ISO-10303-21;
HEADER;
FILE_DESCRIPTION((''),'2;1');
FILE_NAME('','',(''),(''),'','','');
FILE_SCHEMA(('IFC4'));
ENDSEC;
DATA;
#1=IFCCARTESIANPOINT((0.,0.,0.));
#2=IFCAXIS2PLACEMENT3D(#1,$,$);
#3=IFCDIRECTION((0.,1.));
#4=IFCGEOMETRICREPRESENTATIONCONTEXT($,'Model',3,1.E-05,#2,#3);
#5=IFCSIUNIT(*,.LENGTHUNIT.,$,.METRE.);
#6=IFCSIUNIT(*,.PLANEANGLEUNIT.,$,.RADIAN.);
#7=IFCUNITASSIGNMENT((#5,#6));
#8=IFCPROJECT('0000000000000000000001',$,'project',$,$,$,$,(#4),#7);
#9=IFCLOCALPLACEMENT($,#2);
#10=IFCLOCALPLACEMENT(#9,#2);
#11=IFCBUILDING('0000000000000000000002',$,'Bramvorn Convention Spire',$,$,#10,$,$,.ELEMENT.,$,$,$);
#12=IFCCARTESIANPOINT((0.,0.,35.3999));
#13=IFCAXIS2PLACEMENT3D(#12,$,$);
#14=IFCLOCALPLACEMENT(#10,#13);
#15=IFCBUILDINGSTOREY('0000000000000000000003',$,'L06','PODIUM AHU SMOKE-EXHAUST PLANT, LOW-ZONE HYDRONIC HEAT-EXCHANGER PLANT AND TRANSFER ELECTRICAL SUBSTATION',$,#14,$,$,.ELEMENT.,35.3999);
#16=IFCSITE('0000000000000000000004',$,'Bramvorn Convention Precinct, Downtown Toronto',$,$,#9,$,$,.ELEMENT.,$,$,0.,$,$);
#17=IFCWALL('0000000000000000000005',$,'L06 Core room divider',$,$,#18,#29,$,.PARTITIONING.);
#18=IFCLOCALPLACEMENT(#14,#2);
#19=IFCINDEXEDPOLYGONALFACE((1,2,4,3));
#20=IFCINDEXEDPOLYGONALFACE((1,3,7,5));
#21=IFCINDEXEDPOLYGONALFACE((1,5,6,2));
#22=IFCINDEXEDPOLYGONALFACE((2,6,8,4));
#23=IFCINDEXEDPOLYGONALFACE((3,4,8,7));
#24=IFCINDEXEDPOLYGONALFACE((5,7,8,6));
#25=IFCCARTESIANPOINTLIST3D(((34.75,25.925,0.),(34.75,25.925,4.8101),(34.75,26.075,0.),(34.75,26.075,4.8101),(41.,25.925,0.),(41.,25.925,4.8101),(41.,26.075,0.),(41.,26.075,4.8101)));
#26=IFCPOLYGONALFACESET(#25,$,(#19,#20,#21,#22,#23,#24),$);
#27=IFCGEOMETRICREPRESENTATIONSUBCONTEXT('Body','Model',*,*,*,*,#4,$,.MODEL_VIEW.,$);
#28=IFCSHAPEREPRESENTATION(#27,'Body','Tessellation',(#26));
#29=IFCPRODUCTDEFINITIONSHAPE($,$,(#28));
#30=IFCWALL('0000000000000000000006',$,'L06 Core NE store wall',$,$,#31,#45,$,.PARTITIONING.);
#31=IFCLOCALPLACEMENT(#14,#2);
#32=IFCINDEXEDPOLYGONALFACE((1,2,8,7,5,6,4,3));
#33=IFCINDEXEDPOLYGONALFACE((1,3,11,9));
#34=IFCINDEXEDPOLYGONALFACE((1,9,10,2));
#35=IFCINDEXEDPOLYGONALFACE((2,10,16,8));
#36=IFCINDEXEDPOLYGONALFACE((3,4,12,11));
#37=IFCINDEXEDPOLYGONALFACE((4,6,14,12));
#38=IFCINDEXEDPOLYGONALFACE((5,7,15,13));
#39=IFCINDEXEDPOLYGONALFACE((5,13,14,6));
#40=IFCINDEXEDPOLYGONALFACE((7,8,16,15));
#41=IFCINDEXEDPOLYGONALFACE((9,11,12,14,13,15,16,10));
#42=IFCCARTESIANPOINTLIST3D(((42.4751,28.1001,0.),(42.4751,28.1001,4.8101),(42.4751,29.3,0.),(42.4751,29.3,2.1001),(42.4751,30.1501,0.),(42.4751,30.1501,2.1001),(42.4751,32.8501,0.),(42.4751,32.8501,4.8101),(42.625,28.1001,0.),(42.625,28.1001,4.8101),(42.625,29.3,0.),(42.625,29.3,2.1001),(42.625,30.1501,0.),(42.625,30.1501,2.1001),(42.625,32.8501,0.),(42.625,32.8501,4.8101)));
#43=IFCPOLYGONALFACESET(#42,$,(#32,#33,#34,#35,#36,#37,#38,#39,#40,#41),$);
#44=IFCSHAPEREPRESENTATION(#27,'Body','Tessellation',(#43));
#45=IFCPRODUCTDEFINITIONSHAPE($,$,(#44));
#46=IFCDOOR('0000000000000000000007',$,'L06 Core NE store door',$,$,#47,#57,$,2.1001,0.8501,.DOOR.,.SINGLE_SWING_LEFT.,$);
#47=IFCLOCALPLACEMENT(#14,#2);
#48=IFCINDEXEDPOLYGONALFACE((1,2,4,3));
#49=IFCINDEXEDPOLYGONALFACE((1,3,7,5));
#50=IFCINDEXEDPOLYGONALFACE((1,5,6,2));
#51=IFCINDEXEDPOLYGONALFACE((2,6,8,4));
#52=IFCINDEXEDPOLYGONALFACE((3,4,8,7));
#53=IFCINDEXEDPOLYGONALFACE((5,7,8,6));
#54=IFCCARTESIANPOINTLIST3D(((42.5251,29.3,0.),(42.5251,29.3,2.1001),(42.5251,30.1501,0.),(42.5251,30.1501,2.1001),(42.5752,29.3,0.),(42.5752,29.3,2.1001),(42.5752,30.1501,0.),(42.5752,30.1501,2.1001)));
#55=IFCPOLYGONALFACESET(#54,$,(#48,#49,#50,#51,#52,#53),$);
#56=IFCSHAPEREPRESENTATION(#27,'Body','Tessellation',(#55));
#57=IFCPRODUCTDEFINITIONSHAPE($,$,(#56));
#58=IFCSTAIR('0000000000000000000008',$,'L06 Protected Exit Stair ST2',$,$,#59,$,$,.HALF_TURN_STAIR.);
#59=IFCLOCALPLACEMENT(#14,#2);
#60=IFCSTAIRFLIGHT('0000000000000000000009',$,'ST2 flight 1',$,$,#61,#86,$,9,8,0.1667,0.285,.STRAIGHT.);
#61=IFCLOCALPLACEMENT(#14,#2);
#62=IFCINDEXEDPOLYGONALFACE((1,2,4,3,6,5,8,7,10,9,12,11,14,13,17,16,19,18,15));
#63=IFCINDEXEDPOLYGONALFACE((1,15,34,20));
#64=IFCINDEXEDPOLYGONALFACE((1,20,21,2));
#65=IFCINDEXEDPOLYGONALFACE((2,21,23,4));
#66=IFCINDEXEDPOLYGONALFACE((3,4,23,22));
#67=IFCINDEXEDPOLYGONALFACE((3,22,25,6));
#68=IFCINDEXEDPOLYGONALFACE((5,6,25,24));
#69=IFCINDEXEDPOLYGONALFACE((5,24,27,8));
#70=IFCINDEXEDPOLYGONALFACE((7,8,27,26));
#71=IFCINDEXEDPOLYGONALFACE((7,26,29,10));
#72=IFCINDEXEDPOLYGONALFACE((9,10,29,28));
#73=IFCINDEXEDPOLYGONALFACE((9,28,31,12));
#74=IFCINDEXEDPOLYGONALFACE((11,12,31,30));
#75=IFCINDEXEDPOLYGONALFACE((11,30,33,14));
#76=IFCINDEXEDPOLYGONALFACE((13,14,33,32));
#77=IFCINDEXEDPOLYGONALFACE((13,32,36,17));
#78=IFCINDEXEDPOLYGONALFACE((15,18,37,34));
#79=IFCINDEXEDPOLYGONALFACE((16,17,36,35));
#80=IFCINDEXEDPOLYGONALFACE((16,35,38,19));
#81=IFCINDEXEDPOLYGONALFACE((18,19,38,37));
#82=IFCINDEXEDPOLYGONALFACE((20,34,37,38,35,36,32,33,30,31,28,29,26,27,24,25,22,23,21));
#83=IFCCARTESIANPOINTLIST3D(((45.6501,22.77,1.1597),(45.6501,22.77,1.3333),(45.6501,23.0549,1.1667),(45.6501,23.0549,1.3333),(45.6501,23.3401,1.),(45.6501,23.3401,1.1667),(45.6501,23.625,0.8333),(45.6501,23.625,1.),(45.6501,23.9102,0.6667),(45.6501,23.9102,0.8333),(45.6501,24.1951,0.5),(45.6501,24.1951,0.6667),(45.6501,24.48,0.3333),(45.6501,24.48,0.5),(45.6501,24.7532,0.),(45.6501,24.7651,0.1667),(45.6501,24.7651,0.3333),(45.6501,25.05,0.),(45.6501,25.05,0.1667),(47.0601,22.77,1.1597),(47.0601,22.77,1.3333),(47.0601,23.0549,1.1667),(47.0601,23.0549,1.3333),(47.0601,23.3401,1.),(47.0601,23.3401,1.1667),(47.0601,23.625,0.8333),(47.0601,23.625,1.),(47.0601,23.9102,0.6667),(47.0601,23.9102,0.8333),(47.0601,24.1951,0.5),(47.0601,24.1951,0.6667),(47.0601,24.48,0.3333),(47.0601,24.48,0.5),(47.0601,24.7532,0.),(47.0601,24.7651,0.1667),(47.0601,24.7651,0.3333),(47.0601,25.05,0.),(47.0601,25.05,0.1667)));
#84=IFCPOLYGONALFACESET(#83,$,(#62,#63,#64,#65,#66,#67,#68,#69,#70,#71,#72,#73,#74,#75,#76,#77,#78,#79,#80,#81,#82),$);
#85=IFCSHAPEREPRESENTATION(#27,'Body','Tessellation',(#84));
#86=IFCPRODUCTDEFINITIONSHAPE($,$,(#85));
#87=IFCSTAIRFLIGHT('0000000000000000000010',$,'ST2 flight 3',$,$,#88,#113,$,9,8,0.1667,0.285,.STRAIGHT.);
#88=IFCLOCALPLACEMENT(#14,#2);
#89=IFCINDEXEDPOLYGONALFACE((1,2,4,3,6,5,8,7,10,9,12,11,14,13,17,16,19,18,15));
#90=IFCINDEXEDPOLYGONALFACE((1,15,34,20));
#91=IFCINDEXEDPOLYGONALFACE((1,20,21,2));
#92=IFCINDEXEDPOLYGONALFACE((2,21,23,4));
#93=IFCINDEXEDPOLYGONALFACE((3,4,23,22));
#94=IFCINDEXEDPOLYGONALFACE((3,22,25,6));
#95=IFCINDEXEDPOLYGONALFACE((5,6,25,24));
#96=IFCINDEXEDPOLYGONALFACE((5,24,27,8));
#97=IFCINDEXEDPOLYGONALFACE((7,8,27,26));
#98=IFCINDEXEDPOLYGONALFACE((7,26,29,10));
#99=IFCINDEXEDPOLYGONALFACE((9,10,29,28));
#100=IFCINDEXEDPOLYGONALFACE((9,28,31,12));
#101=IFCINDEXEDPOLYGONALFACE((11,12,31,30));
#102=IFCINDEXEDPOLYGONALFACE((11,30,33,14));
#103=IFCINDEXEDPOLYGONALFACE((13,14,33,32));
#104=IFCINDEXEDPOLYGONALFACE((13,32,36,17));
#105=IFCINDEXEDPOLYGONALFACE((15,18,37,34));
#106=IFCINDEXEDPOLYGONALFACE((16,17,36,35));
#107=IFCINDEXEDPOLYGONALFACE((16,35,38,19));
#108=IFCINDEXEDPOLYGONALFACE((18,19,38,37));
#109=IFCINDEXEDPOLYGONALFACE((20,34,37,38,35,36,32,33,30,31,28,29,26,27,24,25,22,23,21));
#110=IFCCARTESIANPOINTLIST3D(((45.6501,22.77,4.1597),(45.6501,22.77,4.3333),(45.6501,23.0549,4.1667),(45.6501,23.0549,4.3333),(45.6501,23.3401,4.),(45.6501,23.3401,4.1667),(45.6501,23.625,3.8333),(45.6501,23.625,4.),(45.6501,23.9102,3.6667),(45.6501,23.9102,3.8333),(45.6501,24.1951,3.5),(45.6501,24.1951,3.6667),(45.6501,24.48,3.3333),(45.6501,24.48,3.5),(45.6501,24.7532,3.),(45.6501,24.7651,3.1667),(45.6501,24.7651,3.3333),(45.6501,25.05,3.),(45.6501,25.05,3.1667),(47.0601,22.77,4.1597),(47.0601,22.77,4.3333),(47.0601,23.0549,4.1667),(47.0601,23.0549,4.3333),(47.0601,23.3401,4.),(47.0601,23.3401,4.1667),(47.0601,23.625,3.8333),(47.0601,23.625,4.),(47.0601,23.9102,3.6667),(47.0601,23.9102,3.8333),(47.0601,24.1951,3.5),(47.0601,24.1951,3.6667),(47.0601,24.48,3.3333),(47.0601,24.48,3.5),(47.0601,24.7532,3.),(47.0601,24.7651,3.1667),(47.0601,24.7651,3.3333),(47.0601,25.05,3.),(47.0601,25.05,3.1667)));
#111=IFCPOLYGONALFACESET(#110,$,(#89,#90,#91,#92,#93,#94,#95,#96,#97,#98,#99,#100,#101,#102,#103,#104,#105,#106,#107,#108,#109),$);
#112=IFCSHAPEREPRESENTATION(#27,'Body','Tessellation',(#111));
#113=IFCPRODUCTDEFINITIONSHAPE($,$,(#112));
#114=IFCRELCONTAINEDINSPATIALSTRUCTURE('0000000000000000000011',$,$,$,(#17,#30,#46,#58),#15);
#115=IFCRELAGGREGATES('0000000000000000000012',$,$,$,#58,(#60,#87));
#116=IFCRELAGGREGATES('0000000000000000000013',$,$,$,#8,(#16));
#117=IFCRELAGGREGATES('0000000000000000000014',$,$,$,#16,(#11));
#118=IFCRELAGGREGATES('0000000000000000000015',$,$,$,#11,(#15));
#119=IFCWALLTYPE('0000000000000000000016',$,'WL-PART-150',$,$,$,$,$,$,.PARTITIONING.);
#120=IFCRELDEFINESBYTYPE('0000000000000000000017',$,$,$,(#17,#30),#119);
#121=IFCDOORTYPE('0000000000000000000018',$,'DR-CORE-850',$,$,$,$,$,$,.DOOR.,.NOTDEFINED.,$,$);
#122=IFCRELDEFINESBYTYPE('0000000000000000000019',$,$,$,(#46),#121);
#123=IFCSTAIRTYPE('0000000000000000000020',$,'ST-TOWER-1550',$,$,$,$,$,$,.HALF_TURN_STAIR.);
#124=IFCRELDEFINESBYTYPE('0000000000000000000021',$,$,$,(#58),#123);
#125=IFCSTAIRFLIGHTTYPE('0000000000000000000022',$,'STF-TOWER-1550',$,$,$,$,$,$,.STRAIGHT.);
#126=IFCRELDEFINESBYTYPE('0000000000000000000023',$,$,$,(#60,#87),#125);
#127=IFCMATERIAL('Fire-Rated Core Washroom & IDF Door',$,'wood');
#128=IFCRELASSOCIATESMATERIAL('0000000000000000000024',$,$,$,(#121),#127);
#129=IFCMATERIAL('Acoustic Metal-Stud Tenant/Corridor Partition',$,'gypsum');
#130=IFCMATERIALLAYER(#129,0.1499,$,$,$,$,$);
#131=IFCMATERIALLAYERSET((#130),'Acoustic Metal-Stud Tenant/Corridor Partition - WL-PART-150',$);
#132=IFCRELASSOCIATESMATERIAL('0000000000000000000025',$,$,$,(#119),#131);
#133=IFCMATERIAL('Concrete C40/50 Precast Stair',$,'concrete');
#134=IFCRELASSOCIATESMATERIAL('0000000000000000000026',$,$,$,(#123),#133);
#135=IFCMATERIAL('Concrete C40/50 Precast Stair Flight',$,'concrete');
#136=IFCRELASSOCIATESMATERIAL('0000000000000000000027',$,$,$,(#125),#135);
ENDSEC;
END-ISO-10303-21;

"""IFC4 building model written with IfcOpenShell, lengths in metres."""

from ifc_helpers import new_model, si_unit, direction, frame, frame_2d, origin, place, context, subcontext, project, spatial, polyline, rectangle, outline, extrude, material, layer, layer_set, type_object, element, fill, aggregate, save


model = new_model("IFC4")

# Units and contexts
model_context = context("Model", 3, precision=1e-05, world=origin(), true_north=direction((0.0, 1.0)))
body_context = subcontext(model_context, "Body", "Model", "MODEL_VIEW")
ifc_project = project(units=[si_unit("LENGTHUNIT", "METRE"), si_unit("PLANEANGLEUNIT", "RADIAN")], contexts=[model_context])

# Site, building, storey
site_placement = place(None, origin())
site = spatial("IfcSite", under=ifc_project, at=site_placement, Name="Bramvorn Convention Precinct, Downtown Toronto", CompositionType="ELEMENT", RefElevation=0.0)
building_placement = place(site_placement, origin())
building = spatial("IfcBuilding", under=site, at=building_placement, Name="Bramvorn Convention Spire", CompositionType="ELEMENT")
storey_placement = place(building_placement, frame((0.0, 0.0, 35.3999)))
storey = spatial("IfcBuildingStorey", under=building, at=storey_placement, Name="L06", Description="PODIUM AHU SMOKE-EXHAUST PLANT, LOW-ZONE HYDRONIC HEAT-EXCHANGER PLANT AND TRANSFER ELECTRICAL SUBSTATION", CompositionType="ELEMENT", Elevation=35.3999)

# Shared definitions
ifc_material_1 = material(Name="Fire-Rated Core Washroom & IDF Door", Category="wood")
door_type_1 = type_object("IfcDoorType", Name="DR-CORE-850", OperationType="NOTDEFINED", PredefinedType="DOOR", material=ifc_material_1)

# Shared definitions
ifc_material_2 = material(Name="Acoustic Metal-Stud Tenant/Corridor Partition", Category="gypsum")
ifc_layer_1 = layer(ifc_material_2, 0.1499)
ifc_layer_set_1 = layer_set([ifc_layer_1], Name="Acoustic Metal-Stud Tenant/Corridor Partition - WL-PART-150")
wall_type_1 = type_object("IfcWallType", Name="WL-PART-150", PredefinedType="PARTITIONING", material=ifc_layer_set_1)

# Wall
wall_1_placement = place(storey_placement, frame((34.75, 26.0, 0.0), z_axis=(0.0, 0.0, 1.0), x_axis=(1.0, 0.0, 0.0)))
element("IfcWall", 1, at=wall_1_placement, inside=storey, type_object=wall_type_1, Name="L06 Core room divider", PredefinedType="PARTITIONING", context=body_context, shape_type="SweptSolid", body=[
    extrude(rectangle(XDim=6.25, YDim=0.1499, at=frame_2d((3.125, 0.0))), origin(), (0.0, 0.0, 1.0), 4.8101),
])

# Wall, opening, door
wall_2_placement = place(storey_placement, frame((42.55, 28.1001, 0.0), z_axis=(0.0, 0.0, 1.0), x_axis=(0.0, 1.0, 0.0)))
wall_2 = element("IfcWall", 2, at=wall_2_placement, inside=storey, type_object=wall_type_1, Name="L06 Core NE store wall", PredefinedType="PARTITIONING", context=body_context, shape_type="SweptSolid", body=[
    extrude(rectangle(XDim=4.75, YDim=0.1499, at=frame_2d((2.375, 0.0))), origin(), (0.0, 0.0, 1.0), 4.8101),
])
opening_1_placement = place(wall_2_placement, frame((1.2, 0.0, 0.0)))
opening_1 = element("IfcOpeningElement", 3, at=opening_1_placement, cuts=wall_2, PredefinedType="OPENING", context=body_context, shape_type="SweptSolid", body=[
    extrude(rectangle(XDim=0.8501, YDim=2.1001, at=frame_2d((0.425, 1.05))), frame((0.0, 0.085, 0.0), z_axis=(0.0, -1.0, 0.0), x_axis=(1.0, 0.0, 0.0)), (0.0, 0.0, 1.0), 0.1699),
])
door_1_placement = place(opening_1_placement, origin())
door_1 = element("IfcDoor", 4, at=door_1_placement, inside=storey, type_object=door_type_1, Name="L06 Core NE store door", OperationType="SINGLE_SWING_LEFT", OverallHeight=2.1001, OverallWidth=0.8501, PredefinedType="DOOR", context=body_context, shape_type="SweptSolid", body=[
    extrude(rectangle(XDim=0.8501, YDim=2.1001, at=frame_2d((0.425, 1.05))), frame((0.0, 0.0249, 0.0), z_axis=(0.0, -1.0, 0.0), x_axis=(1.0, 0.0, 0.0)), (0.0, 0.0, 1.0), 0.05),
])
fill(opening_1, door_1)

# Stair, stair flights
ifc_material_3 = material(Name="Concrete C40/50 Precast Stair", Category="concrete")
stair_type = type_object("IfcStairType", Name="ST-TOWER-1550", PredefinedType="HALF_TURN_STAIR", material=ifc_material_3)
stair_placement = place(storey_placement, origin())
stair = element("IfcStair", 5, at=stair_placement, inside=storey, type_object=stair_type, Name="L06 Protected Exit Stair ST2", PredefinedType="HALF_TURN_STAIR")
ifc_material_4 = material(Name="Concrete C40/50 Precast Stair Flight", Category="concrete")
stair_flight_type = type_object("IfcStairFlightType", Name="STF-TOWER-1550", PredefinedType="STRAIGHT", material=ifc_material_4)
stair_flight_1_placement = place(storey_placement, frame((46.355, 25.05, 0.0), z_axis=(0.0, 0.0, 1.0), x_axis=(0.0, -1.0, 0.0)))
stair_flight_1 = element("IfcStairFlight", 6, at=stair_flight_1_placement, type_object=stair_flight_type, Name="ST2 flight 1", NumberOfRisers=9, NumberOfTreads=8, PredefinedType="STRAIGHT", RiserHeight=0.1667, TreadLength=0.285, context=body_context, shape_type="SweptSolid", body=[
    extrude(outline(polyline([(0.0, 0.0), (0.0, 0.1667), (0.2849, 0.1667), (0.2849, 0.3333), (0.5701, 0.3333), (0.5701, 0.5), (0.855, 0.5), (0.855, 0.6667), (1.1399, 0.6667), (1.1399, 0.8333), (1.425, 0.8333), (1.425, 1.0), (1.71, 1.0), (1.71, 1.1667), (1.9951, 1.1667), (1.9951, 1.3333), (2.28, 1.3333), (2.28, 1.5), (2.28, 1.1597), (0.2969, 0.0), (0.0, 0.0)])), frame((0.0, 0.7051, 0.0), z_axis=(0.0, -1.0, 0.0), x_axis=(1.0, 0.0, 0.0)), (0.0, 0.0, 1.0), 1.4099),
])
stair_flight_2_placement = place(storey_placement, frame((46.355, 25.05, 3.0), z_axis=(0.0, 0.0, 1.0), x_axis=(0.0, -1.0, 0.0)))
stair_flight_2 = element("IfcStairFlight", 7, at=stair_flight_2_placement, type_object=stair_flight_type, Name="ST2 flight 3", NumberOfRisers=9, NumberOfTreads=8, PredefinedType="STRAIGHT", RiserHeight=0.1667, TreadLength=0.285, context=body_context, shape_type="SweptSolid", body=[
    extrude(outline(polyline([(0.0, 0.0), (0.0, 0.1667), (0.2849, 0.1667), (0.2849, 0.3333), (0.5701, 0.3333), (0.5701, 0.5), (0.855, 0.5), (0.855, 0.6667), (1.1399, 0.6667), (1.1399, 0.8333), (1.425, 0.8333), (1.425, 1.0), (1.71, 1.0), (1.71, 1.1667), (1.9951, 1.1667), (1.9951, 1.3333), (2.28, 1.3333), (2.28, 1.5), (2.28, 1.1597), (0.2969, 0.0), (0.0, 0.0)])), frame((0.0, 0.7051, 0.0), z_axis=(0.0, -1.0, 0.0), x_axis=(1.0, 0.0, 0.0)), (0.0, 0.0, 1.0), 1.4099),
])
aggregate(stair, [stair_flight_1, stair_flight_2])

save(model, "model.ifc")
